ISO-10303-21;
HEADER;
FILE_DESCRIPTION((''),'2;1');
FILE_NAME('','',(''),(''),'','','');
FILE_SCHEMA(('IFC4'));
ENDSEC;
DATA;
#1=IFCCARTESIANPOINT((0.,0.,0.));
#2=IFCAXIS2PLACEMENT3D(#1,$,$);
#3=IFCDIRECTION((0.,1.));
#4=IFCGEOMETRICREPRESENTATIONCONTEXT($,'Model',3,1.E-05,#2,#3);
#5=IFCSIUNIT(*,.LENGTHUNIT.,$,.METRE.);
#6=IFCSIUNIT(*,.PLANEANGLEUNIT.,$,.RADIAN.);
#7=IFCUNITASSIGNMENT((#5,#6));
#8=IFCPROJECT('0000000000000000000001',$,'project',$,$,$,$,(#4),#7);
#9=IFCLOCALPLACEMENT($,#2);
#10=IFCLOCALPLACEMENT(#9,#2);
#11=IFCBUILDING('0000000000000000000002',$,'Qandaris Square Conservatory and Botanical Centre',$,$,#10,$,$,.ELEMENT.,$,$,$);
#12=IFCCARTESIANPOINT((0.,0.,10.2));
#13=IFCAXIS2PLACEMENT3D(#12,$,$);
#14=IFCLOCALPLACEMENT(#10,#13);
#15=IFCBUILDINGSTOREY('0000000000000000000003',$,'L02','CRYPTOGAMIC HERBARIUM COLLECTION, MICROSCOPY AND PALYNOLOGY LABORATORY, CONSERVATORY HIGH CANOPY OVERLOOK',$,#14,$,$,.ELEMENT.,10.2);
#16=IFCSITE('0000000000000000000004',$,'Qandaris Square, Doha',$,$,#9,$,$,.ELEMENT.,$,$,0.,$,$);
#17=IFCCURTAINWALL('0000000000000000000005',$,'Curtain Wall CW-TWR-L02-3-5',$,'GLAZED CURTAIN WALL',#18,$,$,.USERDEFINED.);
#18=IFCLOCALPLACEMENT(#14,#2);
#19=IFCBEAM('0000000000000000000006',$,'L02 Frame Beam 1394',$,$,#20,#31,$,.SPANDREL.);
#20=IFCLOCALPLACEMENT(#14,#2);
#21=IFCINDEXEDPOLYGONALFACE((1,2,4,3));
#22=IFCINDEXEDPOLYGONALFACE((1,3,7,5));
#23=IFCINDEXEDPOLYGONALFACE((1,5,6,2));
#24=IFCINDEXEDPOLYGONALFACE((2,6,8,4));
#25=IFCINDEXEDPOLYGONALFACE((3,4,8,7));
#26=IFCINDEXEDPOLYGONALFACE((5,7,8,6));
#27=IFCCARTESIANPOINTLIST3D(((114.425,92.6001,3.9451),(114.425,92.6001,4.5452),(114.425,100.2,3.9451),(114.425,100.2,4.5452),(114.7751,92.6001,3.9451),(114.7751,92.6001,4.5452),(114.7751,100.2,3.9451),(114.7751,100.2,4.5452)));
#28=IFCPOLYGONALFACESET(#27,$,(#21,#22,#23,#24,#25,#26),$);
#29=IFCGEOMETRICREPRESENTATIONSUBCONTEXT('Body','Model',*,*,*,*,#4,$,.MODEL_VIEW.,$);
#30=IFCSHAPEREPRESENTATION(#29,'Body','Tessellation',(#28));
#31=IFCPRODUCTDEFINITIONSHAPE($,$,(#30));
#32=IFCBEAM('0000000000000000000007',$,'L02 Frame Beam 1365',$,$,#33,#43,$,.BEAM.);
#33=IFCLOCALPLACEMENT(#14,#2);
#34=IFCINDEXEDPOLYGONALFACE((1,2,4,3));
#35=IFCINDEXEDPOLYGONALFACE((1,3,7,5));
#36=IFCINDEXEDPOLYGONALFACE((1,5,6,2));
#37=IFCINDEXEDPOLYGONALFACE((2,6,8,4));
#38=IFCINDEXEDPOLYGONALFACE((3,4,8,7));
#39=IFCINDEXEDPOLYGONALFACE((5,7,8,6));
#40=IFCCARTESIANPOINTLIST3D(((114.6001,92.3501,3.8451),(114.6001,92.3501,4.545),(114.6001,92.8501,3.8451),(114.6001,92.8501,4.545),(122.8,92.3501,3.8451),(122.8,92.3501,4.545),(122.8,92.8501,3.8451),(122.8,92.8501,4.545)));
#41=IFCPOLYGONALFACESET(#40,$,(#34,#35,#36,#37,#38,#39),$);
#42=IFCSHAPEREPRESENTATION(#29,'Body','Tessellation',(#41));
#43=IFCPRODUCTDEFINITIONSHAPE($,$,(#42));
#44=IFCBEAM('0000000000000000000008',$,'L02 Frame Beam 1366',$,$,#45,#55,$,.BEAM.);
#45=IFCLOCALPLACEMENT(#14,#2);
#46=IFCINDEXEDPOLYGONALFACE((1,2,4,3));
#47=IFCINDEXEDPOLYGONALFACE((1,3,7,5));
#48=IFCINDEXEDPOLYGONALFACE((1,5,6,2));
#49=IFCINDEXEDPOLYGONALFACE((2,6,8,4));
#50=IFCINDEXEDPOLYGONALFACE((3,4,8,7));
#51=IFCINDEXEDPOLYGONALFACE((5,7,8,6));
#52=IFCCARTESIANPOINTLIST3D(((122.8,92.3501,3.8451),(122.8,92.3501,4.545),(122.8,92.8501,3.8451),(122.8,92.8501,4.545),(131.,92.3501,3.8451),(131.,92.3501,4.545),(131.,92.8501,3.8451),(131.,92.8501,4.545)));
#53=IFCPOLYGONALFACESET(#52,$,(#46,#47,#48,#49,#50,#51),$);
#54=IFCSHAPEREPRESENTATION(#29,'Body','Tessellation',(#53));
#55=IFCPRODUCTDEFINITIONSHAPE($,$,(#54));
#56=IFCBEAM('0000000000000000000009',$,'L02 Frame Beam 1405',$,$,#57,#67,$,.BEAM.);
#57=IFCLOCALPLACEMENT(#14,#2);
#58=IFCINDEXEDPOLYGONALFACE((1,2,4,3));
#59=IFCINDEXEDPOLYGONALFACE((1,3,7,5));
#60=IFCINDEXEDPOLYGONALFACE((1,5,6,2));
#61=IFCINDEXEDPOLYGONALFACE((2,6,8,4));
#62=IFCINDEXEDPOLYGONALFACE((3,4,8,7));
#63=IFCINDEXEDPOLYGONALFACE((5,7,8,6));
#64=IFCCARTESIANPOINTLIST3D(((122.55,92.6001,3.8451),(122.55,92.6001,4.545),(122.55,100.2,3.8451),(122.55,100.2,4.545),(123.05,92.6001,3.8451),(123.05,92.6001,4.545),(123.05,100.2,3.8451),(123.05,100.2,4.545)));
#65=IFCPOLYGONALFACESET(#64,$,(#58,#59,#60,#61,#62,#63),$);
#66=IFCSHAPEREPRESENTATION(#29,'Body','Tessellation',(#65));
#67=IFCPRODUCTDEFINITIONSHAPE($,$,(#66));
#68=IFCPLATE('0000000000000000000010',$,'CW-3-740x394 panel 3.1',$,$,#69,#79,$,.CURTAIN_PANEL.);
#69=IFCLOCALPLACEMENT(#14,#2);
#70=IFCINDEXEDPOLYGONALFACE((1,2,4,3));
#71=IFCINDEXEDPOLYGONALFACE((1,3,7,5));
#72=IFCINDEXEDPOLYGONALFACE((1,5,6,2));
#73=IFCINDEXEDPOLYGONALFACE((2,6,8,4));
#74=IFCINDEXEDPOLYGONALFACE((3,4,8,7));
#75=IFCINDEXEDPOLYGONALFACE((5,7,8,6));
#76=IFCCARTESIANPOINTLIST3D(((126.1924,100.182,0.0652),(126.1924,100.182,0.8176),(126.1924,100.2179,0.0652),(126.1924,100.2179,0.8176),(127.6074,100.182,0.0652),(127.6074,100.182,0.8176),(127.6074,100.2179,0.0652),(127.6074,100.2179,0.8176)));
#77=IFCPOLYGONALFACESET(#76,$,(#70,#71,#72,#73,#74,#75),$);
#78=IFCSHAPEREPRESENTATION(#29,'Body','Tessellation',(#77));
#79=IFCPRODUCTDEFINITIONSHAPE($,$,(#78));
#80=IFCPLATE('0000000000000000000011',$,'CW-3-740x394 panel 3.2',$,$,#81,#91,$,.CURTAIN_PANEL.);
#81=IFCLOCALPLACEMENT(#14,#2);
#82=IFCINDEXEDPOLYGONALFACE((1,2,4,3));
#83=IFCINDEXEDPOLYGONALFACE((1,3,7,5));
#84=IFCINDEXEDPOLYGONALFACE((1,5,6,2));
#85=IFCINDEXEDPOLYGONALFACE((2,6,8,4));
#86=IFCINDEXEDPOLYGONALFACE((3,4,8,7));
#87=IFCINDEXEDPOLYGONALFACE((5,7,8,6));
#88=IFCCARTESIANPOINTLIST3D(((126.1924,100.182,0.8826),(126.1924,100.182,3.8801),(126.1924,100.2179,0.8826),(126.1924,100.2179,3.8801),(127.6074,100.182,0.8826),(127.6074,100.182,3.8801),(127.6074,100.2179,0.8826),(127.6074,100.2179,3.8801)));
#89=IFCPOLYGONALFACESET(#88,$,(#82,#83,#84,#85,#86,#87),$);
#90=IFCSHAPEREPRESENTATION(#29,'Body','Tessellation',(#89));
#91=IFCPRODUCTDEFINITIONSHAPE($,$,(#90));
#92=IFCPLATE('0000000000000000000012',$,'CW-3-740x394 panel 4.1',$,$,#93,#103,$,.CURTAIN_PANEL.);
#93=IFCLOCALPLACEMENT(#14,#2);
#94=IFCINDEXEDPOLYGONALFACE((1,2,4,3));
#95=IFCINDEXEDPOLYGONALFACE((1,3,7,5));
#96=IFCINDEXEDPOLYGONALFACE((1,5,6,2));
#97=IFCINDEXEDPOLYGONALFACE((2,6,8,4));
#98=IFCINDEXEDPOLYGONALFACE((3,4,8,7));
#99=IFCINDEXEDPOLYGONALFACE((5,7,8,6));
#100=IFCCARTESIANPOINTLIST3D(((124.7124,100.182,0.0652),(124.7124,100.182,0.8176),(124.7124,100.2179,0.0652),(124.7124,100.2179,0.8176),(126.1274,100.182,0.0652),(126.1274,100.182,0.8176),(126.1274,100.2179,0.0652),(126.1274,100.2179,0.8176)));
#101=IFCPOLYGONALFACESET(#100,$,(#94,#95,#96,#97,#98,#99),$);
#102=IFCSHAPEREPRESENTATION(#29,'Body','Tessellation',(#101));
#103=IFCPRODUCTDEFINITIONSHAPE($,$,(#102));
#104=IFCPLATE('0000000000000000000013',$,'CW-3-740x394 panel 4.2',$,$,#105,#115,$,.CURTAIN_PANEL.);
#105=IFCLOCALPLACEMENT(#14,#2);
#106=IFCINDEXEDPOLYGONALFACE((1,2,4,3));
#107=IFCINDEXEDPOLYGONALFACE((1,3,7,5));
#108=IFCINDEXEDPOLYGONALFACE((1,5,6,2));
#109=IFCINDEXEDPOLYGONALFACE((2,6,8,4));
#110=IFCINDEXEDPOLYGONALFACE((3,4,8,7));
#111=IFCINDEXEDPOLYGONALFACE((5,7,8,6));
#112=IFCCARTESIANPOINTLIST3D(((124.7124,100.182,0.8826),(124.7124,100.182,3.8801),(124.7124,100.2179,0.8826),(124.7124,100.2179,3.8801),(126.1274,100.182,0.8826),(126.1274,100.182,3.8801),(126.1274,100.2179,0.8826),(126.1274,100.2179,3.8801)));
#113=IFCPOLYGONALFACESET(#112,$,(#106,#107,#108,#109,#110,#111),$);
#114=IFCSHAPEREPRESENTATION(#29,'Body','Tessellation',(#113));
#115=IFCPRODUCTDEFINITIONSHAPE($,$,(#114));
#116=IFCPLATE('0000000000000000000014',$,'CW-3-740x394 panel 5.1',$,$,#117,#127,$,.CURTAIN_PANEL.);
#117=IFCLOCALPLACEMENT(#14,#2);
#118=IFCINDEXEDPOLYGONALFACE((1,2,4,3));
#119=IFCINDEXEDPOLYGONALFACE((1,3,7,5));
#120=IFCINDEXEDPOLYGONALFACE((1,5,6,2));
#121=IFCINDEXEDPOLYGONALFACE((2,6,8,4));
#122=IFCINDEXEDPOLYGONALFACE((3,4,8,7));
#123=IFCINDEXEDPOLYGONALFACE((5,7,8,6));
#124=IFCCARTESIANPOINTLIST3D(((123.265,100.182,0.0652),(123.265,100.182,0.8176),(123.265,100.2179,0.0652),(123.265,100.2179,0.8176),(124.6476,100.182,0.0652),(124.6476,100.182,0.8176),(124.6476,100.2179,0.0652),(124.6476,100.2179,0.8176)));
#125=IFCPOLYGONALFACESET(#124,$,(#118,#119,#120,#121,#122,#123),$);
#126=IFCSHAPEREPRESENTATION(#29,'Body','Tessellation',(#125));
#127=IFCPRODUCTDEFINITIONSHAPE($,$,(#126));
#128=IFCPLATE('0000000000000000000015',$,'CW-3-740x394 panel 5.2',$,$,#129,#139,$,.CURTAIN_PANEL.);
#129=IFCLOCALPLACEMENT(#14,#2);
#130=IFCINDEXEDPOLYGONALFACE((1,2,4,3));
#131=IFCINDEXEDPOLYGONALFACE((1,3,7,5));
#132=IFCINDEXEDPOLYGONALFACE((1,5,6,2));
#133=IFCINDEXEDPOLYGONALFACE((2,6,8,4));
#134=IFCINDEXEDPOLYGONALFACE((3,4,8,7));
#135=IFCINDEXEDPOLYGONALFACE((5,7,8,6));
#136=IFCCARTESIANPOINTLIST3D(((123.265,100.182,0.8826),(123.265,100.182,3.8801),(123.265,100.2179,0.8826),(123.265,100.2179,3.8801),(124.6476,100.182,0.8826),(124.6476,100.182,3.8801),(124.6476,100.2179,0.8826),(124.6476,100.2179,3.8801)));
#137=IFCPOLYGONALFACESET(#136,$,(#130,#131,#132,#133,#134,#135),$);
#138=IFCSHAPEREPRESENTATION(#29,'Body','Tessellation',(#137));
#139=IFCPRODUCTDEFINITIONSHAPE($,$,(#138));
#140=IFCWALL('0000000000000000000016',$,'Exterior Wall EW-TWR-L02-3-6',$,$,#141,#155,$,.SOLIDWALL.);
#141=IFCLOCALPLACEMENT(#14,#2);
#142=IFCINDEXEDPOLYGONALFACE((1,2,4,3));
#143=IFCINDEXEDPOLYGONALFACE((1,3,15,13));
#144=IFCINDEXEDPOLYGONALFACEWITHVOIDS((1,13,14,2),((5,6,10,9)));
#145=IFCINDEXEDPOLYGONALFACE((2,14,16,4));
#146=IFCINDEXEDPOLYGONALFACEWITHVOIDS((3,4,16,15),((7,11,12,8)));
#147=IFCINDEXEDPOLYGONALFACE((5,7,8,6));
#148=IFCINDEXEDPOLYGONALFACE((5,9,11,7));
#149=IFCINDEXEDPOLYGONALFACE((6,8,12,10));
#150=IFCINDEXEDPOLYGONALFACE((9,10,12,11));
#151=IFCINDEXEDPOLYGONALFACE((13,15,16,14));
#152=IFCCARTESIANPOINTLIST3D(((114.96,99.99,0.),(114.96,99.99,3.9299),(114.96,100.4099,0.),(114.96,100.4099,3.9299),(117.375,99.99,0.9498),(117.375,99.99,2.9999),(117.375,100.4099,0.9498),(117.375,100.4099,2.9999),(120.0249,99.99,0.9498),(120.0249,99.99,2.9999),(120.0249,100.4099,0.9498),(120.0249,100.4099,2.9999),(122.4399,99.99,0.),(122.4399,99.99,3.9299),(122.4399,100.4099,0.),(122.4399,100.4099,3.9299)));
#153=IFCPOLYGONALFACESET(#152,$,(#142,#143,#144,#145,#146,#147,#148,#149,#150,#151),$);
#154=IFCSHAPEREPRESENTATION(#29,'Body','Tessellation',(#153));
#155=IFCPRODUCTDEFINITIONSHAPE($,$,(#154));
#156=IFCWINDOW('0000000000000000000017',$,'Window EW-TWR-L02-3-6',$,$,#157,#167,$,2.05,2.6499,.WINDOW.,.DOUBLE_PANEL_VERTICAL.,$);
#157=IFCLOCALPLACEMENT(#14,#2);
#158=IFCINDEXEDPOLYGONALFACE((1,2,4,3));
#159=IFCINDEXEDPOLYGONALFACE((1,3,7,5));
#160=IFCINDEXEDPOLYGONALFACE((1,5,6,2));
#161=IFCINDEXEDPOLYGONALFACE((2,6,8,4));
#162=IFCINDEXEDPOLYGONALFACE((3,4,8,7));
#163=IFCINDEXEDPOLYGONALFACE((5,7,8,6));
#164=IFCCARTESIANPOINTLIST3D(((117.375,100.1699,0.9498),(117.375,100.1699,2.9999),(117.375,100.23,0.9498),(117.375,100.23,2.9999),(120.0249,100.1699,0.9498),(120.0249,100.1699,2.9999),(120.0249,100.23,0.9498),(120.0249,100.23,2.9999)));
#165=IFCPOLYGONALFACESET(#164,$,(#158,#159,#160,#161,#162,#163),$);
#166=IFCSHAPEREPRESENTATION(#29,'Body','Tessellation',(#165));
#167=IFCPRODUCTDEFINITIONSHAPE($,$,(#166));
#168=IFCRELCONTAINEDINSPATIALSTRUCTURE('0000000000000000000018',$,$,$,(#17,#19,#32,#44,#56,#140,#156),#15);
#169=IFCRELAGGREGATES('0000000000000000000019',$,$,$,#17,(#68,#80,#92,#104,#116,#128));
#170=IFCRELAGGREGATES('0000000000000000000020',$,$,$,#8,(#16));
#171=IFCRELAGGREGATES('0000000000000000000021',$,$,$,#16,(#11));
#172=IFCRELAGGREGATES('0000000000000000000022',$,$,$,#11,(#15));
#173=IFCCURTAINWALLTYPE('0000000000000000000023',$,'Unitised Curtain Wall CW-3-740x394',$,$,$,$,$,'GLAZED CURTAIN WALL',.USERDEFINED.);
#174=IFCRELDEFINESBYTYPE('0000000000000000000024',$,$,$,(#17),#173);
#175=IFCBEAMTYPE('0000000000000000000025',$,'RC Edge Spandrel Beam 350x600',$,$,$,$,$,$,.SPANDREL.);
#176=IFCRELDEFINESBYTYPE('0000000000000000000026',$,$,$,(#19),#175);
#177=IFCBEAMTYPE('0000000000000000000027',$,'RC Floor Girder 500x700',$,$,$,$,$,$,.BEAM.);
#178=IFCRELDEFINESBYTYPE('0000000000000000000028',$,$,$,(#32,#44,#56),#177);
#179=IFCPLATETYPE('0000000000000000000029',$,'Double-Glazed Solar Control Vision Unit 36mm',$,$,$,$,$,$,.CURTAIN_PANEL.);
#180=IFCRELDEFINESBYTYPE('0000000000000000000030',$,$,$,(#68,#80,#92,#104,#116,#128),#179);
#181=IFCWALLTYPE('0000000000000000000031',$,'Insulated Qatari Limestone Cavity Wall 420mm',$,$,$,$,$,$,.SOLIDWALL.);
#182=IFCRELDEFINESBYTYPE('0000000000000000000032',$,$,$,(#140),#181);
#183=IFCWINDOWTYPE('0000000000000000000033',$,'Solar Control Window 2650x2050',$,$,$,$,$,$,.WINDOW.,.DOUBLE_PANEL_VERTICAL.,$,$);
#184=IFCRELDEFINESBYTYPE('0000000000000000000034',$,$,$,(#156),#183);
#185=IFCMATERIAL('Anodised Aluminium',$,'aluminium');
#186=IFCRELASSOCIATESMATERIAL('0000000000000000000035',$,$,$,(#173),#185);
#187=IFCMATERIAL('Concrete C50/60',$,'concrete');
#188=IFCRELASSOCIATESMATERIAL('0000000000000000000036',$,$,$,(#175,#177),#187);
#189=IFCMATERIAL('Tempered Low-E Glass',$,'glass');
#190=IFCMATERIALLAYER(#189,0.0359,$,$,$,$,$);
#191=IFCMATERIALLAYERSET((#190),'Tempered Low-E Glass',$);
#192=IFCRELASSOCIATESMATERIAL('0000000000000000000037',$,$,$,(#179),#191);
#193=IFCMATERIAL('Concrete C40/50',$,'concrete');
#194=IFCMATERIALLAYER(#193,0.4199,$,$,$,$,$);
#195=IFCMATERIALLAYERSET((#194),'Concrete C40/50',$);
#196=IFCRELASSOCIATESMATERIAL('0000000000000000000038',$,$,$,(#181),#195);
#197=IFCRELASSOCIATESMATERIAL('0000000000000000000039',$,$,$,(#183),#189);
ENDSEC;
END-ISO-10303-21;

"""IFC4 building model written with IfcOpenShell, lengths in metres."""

from ifc_helpers import new_model, si_unit, direction, frame, frame_2d, origin, origin_2d, place, context, subcontext, project, spatial, rectangle, extrude, material, layer, layer_set, material_profile, profile_set, type_object, element, fill, aggregate, save


model = new_model("IFC4")

# Units and contexts
model_context = context("Model", 3, precision=1e-05, world=origin(), true_north=direction((0.0, 1.0)))
body_context = subcontext(model_context, "Body", "Model", "MODEL_VIEW")
ifc_project = project(units=[si_unit("LENGTHUNIT", "METRE"), si_unit("PLANEANGLEUNIT", "RADIAN")], contexts=[model_context])

# Site, building, storey
site_placement = place(None, origin())
site = spatial("IfcSite", under=ifc_project, at=site_placement, Name="Qandaris Square, Doha", CompositionType="ELEMENT", RefElevation=0.0)
building_placement = place(site_placement, origin())
building = spatial("IfcBuilding", under=site, at=building_placement, Name="Qandaris Square Conservatory and Botanical Centre", CompositionType="ELEMENT")
storey_placement = place(building_placement, frame((0.0, 0.0, 10.2)))
storey = spatial("IfcBuildingStorey", under=building, at=storey_placement, Name="L02", Description="CRYPTOGAMIC HERBARIUM COLLECTION, MICROSCOPY AND PALYNOLOGY LABORATORY, CONSERVATORY HIGH CANOPY OVERLOOK", CompositionType="ELEMENT", Elevation=10.2)

# Shared definitions
ifc_material_1 = material(Name="Concrete C40/50", Category="concrete")

# Curtain wall
ifc_material_2 = material(Name="Anodised Aluminium", Category="aluminium")
curtain_wall_type = type_object("IfcCurtainWallType", Name="Unitised Curtain Wall CW-3-740x394", ElementType="GLAZED CURTAIN WALL", PredefinedType="USERDEFINED", material=ifc_material_2)
curtain_wall_placement = place(storey_placement, origin())
curtain_wall = element("IfcCurtainWall", 1, at=curtain_wall_placement, inside=storey, type_object=curtain_wall_type, Name="Curtain Wall CW-TWR-L02-3-5", ObjectType="GLAZED CURTAIN WALL", PredefinedType="USERDEFINED")

# Beams
ifc_material_3 = material(Name="Concrete C50/60", Category="concrete")
ifc_material_profile_1 = material_profile(ifc_material_3, rectangle(XDim=0.3501, YDim=0.6001, at=origin_2d()), Name="RC-SP 350x600")
ifc_profile_set_1 = profile_set([ifc_material_profile_1], Name="Concrete C50/60")
beam_type_1 = type_object("IfcBeamType", Name="RC Edge Spandrel Beam 350x600", PredefinedType="SPANDREL", material=ifc_profile_set_1)
beam_1_placement = place(storey_placement, frame((114.6001, 92.6001, 4.2451), z_axis=(0.0, 1.0, 0.0), x_axis=(-1.0, 0.0, 0.0)))
element("IfcBeam", 2, at=beam_1_placement, inside=storey, type_object=beam_type_1, Name="L02 Frame Beam 1394", PredefinedType="SPANDREL", context=body_context, shape_type="SweptSolid", body=[
    extrude(rectangle(XDim=0.3501, YDim=0.6001, at=origin_2d()), origin(), (0.0, 0.0, 1.0), 7.5999),
])
ifc_material_profile_2 = material_profile(ifc_material_3, rectangle(XDim=0.5, YDim=0.7, at=origin_2d()), Name="RC-BM 500x700")
ifc_profile_set_2 = profile_set([ifc_material_profile_2], Name="Concrete C50/60")
beam_type_2 = type_object("IfcBeamType", Name="RC Floor Girder 500x700", PredefinedType="BEAM", material=ifc_profile_set_2)
for number, where, z_axis, x_axis, name in (
    (3, (114.6001, 92.6001, 4.1951), (1.0, 0.0, 0.0), (0.0, 1.0, 0.0), "L02 Frame Beam 1365"),
    (4, (122.8, 92.6001, 4.1951), (1.0, 0.0, 0.0), (0.0, 1.0, 0.0), "L02 Frame Beam 1366"),
):
    element("IfcBeam", number, at=place(storey_placement, frame(where, z_axis=z_axis, x_axis=x_axis)), inside=storey, type_object=beam_type_2, Name=name, PredefinedType="BEAM", context=body_context, shape_type="SweptSolid", body=[
        extrude(rectangle(XDim=0.5, YDim=0.7, at=origin_2d()), origin(), (0.0, 0.0, 1.0), 8.2),
    ])
beam_2_placement = place(storey_placement, frame((122.8, 92.6001, 4.1951), z_axis=(0.0, 1.0, 0.0), x_axis=(-1.0, 0.0, 0.0)))
element("IfcBeam", 5, at=beam_2_placement, inside=storey, type_object=beam_type_2, Name="L02 Frame Beam 1405", PredefinedType="BEAM", context=body_context, shape_type="SweptSolid", body=[
    extrude(rectangle(XDim=0.5, YDim=0.7, at=origin_2d()), origin(), (0.0, 0.0, 1.0), 7.5999),
])

# Plates
ifc_material_4 = material(Name="Tempered Low-E Glass", Category="glass")
ifc_layer_1 = layer(ifc_material_4, 0.0359)
ifc_layer_set_1 = layer_set([ifc_layer_1], Name="Tempered Low-E Glass")
plate_type = type_object("IfcPlateType", Name="Double-Glazed Solar Control Vision Unit 36mm", PredefinedType="CURTAIN_PANEL", material=ifc_layer_set_1)
plate_1_placement = place(storey_placement, frame((126.8999, 100.2, 0.0652), z_axis=(0.0, 0.0, 1.0), x_axis=(-1.0, 0.0, 0.0)))
plate_1 = element("IfcPlate", 6, at=plate_1_placement, type_object=plate_type, Name="CW-3-740x394 panel 3.1", PredefinedType="CURTAIN_PANEL", context=body_context, shape_type="SweptSolid", body=[
    extrude(rectangle(XDim=1.415, YDim=0.0359, at=origin_2d()), origin(), (0.0, 0.0, 1.0), 0.7524),
])
plate_2_placement = place(storey_placement, frame((126.8999, 100.2, 0.8826), z_axis=(0.0, 0.0, 1.0), x_axis=(-1.0, 0.0, 0.0)))
plate_2 = element("IfcPlate", 7, at=plate_2_placement, type_object=plate_type, Name="CW-3-740x394 panel 3.2", PredefinedType="CURTAIN_PANEL", context=body_context, shape_type="SweptSolid", body=[
    extrude(rectangle(XDim=1.415, YDim=0.0359, at=origin_2d()), origin(), (0.0, 0.0, 1.0), 2.9976),
])
plate_3_placement = place(storey_placement, frame((125.4199, 100.2, 0.0652), z_axis=(0.0, 0.0, 1.0), x_axis=(-1.0, 0.0, 0.0)))
plate_3 = element("IfcPlate", 8, at=plate_3_placement, type_object=plate_type, Name="CW-3-740x394 panel 4.1", PredefinedType="CURTAIN_PANEL", context=body_context, shape_type="SweptSolid", body=[
    extrude(rectangle(XDim=1.415, YDim=0.0359, at=origin_2d()), origin(), (0.0, 0.0, 1.0), 0.7524),
])
plate_4_placement = place(storey_placement, frame((125.4199, 100.2, 0.8826), z_axis=(0.0, 0.0, 1.0), x_axis=(-1.0, 0.0, 0.0)))
plate_4 = element("IfcPlate", 9, at=plate_4_placement, type_object=plate_type, Name="CW-3-740x394 panel 4.2", PredefinedType="CURTAIN_PANEL", context=body_context, shape_type="SweptSolid", body=[
    extrude(rectangle(XDim=1.415, YDim=0.0359, at=origin_2d()), origin(), (0.0, 0.0, 1.0), 2.9976),
])
plate_5_placement = place(storey_placement, frame((123.9563, 100.2, 0.0652), z_axis=(0.0, 0.0, 1.0), x_axis=(-1.0, 0.0, 0.0)))
plate_5 = element("IfcPlate", 10, at=plate_5_placement, type_object=plate_type, Name="CW-3-740x394 panel 5.1", PredefinedType="CURTAIN_PANEL", context=body_context, shape_type="SweptSolid", body=[
    extrude(rectangle(XDim=1.3826, YDim=0.0359, at=origin_2d()), origin(), (0.0, 0.0, 1.0), 0.7524),
])
plate_6_placement = place(storey_placement, frame((123.9563, 100.2, 0.8826), z_axis=(0.0, 0.0, 1.0), x_axis=(-1.0, 0.0, 0.0)))
plate_6 = element("IfcPlate", 11, at=plate_6_placement, type_object=plate_type, Name="CW-3-740x394 panel 5.2", PredefinedType="CURTAIN_PANEL", context=body_context, shape_type="SweptSolid", body=[
    extrude(rectangle(XDim=1.3826, YDim=0.0359, at=origin_2d()), origin(), (0.0, 0.0, 1.0), 2.9976),
])
aggregate(curtain_wall, [plate_1, plate_2, plate_3, plate_4, plate_5, plate_6])

# Wall, opening, window
ifc_layer_2 = layer(ifc_material_1, 0.4199)
ifc_layer_set_2 = layer_set([ifc_layer_2], Name="Concrete C40/50")
wall_type = type_object("IfcWallType", Name="Insulated Qatari Limestone Cavity Wall 420mm", PredefinedType="SOLIDWALL", material=ifc_layer_set_2)
wall_1_placement = place(storey_placement, frame((122.4399, 100.2, 0.0), z_axis=(0.0, 0.0, 1.0), x_axis=(-1.0, 0.0, 0.0)))
wall_1 = element("IfcWall", 12, at=wall_1_placement, inside=storey, type_object=wall_type, Name="Exterior Wall EW-TWR-L02-3-6", PredefinedType="SOLIDWALL", context=body_context, shape_type="SweptSolid", body=[
    extrude(rectangle(XDim=7.48, YDim=0.4199, at=frame_2d((3.74, 0.0))), origin(), (0.0, 0.0, 1.0), 3.9299),
])
opening_1_placement = place(wall_1_placement, frame((2.415, 0.0, 0.95)))
opening_1 = element("IfcOpeningElement", 13, at=opening_1_placement, cuts=wall_1, PredefinedType="OPENING", context=body_context, shape_type="SweptSolid", body=[
    extrude(rectangle(XDim=2.6499, YDim=2.05, at=frame_2d((1.325, 1.0249))), frame((0.0, 0.2219, 0.0), z_axis=(0.0, -1.0, 0.0), x_axis=(1.0, 0.0, 0.0)), (0.0, 0.0, 1.0), 0.4438),
])
window_type = type_object("IfcWindowType", Name="Solar Control Window 2650x2050", PartitioningType="DOUBLE_PANEL_VERTICAL", PredefinedType="WINDOW", material=ifc_material_4)
window_placement = place(opening_1_placement, origin())
window = element("IfcWindow", 14, at=window_placement, inside=storey, type_object=window_type, Name="Window EW-TWR-L02-3-6", OverallHeight=2.05, OverallWidth=2.6499, PartitioningType="DOUBLE_PANEL_VERTICAL", PredefinedType="WINDOW", context=body_context, shape_type="SweptSolid", body=[
    extrude(rectangle(XDim=2.6499, YDim=2.05, at=frame_2d((1.325, 1.0249))), frame((0.0, 0.03, 0.0), z_axis=(0.0, -1.0, 0.0), x_axis=(1.0, 0.0, 0.0)), (0.0, 0.0, 1.0), 0.0601),
])
fill(opening_1, window)

save(model, "model.ifc")
